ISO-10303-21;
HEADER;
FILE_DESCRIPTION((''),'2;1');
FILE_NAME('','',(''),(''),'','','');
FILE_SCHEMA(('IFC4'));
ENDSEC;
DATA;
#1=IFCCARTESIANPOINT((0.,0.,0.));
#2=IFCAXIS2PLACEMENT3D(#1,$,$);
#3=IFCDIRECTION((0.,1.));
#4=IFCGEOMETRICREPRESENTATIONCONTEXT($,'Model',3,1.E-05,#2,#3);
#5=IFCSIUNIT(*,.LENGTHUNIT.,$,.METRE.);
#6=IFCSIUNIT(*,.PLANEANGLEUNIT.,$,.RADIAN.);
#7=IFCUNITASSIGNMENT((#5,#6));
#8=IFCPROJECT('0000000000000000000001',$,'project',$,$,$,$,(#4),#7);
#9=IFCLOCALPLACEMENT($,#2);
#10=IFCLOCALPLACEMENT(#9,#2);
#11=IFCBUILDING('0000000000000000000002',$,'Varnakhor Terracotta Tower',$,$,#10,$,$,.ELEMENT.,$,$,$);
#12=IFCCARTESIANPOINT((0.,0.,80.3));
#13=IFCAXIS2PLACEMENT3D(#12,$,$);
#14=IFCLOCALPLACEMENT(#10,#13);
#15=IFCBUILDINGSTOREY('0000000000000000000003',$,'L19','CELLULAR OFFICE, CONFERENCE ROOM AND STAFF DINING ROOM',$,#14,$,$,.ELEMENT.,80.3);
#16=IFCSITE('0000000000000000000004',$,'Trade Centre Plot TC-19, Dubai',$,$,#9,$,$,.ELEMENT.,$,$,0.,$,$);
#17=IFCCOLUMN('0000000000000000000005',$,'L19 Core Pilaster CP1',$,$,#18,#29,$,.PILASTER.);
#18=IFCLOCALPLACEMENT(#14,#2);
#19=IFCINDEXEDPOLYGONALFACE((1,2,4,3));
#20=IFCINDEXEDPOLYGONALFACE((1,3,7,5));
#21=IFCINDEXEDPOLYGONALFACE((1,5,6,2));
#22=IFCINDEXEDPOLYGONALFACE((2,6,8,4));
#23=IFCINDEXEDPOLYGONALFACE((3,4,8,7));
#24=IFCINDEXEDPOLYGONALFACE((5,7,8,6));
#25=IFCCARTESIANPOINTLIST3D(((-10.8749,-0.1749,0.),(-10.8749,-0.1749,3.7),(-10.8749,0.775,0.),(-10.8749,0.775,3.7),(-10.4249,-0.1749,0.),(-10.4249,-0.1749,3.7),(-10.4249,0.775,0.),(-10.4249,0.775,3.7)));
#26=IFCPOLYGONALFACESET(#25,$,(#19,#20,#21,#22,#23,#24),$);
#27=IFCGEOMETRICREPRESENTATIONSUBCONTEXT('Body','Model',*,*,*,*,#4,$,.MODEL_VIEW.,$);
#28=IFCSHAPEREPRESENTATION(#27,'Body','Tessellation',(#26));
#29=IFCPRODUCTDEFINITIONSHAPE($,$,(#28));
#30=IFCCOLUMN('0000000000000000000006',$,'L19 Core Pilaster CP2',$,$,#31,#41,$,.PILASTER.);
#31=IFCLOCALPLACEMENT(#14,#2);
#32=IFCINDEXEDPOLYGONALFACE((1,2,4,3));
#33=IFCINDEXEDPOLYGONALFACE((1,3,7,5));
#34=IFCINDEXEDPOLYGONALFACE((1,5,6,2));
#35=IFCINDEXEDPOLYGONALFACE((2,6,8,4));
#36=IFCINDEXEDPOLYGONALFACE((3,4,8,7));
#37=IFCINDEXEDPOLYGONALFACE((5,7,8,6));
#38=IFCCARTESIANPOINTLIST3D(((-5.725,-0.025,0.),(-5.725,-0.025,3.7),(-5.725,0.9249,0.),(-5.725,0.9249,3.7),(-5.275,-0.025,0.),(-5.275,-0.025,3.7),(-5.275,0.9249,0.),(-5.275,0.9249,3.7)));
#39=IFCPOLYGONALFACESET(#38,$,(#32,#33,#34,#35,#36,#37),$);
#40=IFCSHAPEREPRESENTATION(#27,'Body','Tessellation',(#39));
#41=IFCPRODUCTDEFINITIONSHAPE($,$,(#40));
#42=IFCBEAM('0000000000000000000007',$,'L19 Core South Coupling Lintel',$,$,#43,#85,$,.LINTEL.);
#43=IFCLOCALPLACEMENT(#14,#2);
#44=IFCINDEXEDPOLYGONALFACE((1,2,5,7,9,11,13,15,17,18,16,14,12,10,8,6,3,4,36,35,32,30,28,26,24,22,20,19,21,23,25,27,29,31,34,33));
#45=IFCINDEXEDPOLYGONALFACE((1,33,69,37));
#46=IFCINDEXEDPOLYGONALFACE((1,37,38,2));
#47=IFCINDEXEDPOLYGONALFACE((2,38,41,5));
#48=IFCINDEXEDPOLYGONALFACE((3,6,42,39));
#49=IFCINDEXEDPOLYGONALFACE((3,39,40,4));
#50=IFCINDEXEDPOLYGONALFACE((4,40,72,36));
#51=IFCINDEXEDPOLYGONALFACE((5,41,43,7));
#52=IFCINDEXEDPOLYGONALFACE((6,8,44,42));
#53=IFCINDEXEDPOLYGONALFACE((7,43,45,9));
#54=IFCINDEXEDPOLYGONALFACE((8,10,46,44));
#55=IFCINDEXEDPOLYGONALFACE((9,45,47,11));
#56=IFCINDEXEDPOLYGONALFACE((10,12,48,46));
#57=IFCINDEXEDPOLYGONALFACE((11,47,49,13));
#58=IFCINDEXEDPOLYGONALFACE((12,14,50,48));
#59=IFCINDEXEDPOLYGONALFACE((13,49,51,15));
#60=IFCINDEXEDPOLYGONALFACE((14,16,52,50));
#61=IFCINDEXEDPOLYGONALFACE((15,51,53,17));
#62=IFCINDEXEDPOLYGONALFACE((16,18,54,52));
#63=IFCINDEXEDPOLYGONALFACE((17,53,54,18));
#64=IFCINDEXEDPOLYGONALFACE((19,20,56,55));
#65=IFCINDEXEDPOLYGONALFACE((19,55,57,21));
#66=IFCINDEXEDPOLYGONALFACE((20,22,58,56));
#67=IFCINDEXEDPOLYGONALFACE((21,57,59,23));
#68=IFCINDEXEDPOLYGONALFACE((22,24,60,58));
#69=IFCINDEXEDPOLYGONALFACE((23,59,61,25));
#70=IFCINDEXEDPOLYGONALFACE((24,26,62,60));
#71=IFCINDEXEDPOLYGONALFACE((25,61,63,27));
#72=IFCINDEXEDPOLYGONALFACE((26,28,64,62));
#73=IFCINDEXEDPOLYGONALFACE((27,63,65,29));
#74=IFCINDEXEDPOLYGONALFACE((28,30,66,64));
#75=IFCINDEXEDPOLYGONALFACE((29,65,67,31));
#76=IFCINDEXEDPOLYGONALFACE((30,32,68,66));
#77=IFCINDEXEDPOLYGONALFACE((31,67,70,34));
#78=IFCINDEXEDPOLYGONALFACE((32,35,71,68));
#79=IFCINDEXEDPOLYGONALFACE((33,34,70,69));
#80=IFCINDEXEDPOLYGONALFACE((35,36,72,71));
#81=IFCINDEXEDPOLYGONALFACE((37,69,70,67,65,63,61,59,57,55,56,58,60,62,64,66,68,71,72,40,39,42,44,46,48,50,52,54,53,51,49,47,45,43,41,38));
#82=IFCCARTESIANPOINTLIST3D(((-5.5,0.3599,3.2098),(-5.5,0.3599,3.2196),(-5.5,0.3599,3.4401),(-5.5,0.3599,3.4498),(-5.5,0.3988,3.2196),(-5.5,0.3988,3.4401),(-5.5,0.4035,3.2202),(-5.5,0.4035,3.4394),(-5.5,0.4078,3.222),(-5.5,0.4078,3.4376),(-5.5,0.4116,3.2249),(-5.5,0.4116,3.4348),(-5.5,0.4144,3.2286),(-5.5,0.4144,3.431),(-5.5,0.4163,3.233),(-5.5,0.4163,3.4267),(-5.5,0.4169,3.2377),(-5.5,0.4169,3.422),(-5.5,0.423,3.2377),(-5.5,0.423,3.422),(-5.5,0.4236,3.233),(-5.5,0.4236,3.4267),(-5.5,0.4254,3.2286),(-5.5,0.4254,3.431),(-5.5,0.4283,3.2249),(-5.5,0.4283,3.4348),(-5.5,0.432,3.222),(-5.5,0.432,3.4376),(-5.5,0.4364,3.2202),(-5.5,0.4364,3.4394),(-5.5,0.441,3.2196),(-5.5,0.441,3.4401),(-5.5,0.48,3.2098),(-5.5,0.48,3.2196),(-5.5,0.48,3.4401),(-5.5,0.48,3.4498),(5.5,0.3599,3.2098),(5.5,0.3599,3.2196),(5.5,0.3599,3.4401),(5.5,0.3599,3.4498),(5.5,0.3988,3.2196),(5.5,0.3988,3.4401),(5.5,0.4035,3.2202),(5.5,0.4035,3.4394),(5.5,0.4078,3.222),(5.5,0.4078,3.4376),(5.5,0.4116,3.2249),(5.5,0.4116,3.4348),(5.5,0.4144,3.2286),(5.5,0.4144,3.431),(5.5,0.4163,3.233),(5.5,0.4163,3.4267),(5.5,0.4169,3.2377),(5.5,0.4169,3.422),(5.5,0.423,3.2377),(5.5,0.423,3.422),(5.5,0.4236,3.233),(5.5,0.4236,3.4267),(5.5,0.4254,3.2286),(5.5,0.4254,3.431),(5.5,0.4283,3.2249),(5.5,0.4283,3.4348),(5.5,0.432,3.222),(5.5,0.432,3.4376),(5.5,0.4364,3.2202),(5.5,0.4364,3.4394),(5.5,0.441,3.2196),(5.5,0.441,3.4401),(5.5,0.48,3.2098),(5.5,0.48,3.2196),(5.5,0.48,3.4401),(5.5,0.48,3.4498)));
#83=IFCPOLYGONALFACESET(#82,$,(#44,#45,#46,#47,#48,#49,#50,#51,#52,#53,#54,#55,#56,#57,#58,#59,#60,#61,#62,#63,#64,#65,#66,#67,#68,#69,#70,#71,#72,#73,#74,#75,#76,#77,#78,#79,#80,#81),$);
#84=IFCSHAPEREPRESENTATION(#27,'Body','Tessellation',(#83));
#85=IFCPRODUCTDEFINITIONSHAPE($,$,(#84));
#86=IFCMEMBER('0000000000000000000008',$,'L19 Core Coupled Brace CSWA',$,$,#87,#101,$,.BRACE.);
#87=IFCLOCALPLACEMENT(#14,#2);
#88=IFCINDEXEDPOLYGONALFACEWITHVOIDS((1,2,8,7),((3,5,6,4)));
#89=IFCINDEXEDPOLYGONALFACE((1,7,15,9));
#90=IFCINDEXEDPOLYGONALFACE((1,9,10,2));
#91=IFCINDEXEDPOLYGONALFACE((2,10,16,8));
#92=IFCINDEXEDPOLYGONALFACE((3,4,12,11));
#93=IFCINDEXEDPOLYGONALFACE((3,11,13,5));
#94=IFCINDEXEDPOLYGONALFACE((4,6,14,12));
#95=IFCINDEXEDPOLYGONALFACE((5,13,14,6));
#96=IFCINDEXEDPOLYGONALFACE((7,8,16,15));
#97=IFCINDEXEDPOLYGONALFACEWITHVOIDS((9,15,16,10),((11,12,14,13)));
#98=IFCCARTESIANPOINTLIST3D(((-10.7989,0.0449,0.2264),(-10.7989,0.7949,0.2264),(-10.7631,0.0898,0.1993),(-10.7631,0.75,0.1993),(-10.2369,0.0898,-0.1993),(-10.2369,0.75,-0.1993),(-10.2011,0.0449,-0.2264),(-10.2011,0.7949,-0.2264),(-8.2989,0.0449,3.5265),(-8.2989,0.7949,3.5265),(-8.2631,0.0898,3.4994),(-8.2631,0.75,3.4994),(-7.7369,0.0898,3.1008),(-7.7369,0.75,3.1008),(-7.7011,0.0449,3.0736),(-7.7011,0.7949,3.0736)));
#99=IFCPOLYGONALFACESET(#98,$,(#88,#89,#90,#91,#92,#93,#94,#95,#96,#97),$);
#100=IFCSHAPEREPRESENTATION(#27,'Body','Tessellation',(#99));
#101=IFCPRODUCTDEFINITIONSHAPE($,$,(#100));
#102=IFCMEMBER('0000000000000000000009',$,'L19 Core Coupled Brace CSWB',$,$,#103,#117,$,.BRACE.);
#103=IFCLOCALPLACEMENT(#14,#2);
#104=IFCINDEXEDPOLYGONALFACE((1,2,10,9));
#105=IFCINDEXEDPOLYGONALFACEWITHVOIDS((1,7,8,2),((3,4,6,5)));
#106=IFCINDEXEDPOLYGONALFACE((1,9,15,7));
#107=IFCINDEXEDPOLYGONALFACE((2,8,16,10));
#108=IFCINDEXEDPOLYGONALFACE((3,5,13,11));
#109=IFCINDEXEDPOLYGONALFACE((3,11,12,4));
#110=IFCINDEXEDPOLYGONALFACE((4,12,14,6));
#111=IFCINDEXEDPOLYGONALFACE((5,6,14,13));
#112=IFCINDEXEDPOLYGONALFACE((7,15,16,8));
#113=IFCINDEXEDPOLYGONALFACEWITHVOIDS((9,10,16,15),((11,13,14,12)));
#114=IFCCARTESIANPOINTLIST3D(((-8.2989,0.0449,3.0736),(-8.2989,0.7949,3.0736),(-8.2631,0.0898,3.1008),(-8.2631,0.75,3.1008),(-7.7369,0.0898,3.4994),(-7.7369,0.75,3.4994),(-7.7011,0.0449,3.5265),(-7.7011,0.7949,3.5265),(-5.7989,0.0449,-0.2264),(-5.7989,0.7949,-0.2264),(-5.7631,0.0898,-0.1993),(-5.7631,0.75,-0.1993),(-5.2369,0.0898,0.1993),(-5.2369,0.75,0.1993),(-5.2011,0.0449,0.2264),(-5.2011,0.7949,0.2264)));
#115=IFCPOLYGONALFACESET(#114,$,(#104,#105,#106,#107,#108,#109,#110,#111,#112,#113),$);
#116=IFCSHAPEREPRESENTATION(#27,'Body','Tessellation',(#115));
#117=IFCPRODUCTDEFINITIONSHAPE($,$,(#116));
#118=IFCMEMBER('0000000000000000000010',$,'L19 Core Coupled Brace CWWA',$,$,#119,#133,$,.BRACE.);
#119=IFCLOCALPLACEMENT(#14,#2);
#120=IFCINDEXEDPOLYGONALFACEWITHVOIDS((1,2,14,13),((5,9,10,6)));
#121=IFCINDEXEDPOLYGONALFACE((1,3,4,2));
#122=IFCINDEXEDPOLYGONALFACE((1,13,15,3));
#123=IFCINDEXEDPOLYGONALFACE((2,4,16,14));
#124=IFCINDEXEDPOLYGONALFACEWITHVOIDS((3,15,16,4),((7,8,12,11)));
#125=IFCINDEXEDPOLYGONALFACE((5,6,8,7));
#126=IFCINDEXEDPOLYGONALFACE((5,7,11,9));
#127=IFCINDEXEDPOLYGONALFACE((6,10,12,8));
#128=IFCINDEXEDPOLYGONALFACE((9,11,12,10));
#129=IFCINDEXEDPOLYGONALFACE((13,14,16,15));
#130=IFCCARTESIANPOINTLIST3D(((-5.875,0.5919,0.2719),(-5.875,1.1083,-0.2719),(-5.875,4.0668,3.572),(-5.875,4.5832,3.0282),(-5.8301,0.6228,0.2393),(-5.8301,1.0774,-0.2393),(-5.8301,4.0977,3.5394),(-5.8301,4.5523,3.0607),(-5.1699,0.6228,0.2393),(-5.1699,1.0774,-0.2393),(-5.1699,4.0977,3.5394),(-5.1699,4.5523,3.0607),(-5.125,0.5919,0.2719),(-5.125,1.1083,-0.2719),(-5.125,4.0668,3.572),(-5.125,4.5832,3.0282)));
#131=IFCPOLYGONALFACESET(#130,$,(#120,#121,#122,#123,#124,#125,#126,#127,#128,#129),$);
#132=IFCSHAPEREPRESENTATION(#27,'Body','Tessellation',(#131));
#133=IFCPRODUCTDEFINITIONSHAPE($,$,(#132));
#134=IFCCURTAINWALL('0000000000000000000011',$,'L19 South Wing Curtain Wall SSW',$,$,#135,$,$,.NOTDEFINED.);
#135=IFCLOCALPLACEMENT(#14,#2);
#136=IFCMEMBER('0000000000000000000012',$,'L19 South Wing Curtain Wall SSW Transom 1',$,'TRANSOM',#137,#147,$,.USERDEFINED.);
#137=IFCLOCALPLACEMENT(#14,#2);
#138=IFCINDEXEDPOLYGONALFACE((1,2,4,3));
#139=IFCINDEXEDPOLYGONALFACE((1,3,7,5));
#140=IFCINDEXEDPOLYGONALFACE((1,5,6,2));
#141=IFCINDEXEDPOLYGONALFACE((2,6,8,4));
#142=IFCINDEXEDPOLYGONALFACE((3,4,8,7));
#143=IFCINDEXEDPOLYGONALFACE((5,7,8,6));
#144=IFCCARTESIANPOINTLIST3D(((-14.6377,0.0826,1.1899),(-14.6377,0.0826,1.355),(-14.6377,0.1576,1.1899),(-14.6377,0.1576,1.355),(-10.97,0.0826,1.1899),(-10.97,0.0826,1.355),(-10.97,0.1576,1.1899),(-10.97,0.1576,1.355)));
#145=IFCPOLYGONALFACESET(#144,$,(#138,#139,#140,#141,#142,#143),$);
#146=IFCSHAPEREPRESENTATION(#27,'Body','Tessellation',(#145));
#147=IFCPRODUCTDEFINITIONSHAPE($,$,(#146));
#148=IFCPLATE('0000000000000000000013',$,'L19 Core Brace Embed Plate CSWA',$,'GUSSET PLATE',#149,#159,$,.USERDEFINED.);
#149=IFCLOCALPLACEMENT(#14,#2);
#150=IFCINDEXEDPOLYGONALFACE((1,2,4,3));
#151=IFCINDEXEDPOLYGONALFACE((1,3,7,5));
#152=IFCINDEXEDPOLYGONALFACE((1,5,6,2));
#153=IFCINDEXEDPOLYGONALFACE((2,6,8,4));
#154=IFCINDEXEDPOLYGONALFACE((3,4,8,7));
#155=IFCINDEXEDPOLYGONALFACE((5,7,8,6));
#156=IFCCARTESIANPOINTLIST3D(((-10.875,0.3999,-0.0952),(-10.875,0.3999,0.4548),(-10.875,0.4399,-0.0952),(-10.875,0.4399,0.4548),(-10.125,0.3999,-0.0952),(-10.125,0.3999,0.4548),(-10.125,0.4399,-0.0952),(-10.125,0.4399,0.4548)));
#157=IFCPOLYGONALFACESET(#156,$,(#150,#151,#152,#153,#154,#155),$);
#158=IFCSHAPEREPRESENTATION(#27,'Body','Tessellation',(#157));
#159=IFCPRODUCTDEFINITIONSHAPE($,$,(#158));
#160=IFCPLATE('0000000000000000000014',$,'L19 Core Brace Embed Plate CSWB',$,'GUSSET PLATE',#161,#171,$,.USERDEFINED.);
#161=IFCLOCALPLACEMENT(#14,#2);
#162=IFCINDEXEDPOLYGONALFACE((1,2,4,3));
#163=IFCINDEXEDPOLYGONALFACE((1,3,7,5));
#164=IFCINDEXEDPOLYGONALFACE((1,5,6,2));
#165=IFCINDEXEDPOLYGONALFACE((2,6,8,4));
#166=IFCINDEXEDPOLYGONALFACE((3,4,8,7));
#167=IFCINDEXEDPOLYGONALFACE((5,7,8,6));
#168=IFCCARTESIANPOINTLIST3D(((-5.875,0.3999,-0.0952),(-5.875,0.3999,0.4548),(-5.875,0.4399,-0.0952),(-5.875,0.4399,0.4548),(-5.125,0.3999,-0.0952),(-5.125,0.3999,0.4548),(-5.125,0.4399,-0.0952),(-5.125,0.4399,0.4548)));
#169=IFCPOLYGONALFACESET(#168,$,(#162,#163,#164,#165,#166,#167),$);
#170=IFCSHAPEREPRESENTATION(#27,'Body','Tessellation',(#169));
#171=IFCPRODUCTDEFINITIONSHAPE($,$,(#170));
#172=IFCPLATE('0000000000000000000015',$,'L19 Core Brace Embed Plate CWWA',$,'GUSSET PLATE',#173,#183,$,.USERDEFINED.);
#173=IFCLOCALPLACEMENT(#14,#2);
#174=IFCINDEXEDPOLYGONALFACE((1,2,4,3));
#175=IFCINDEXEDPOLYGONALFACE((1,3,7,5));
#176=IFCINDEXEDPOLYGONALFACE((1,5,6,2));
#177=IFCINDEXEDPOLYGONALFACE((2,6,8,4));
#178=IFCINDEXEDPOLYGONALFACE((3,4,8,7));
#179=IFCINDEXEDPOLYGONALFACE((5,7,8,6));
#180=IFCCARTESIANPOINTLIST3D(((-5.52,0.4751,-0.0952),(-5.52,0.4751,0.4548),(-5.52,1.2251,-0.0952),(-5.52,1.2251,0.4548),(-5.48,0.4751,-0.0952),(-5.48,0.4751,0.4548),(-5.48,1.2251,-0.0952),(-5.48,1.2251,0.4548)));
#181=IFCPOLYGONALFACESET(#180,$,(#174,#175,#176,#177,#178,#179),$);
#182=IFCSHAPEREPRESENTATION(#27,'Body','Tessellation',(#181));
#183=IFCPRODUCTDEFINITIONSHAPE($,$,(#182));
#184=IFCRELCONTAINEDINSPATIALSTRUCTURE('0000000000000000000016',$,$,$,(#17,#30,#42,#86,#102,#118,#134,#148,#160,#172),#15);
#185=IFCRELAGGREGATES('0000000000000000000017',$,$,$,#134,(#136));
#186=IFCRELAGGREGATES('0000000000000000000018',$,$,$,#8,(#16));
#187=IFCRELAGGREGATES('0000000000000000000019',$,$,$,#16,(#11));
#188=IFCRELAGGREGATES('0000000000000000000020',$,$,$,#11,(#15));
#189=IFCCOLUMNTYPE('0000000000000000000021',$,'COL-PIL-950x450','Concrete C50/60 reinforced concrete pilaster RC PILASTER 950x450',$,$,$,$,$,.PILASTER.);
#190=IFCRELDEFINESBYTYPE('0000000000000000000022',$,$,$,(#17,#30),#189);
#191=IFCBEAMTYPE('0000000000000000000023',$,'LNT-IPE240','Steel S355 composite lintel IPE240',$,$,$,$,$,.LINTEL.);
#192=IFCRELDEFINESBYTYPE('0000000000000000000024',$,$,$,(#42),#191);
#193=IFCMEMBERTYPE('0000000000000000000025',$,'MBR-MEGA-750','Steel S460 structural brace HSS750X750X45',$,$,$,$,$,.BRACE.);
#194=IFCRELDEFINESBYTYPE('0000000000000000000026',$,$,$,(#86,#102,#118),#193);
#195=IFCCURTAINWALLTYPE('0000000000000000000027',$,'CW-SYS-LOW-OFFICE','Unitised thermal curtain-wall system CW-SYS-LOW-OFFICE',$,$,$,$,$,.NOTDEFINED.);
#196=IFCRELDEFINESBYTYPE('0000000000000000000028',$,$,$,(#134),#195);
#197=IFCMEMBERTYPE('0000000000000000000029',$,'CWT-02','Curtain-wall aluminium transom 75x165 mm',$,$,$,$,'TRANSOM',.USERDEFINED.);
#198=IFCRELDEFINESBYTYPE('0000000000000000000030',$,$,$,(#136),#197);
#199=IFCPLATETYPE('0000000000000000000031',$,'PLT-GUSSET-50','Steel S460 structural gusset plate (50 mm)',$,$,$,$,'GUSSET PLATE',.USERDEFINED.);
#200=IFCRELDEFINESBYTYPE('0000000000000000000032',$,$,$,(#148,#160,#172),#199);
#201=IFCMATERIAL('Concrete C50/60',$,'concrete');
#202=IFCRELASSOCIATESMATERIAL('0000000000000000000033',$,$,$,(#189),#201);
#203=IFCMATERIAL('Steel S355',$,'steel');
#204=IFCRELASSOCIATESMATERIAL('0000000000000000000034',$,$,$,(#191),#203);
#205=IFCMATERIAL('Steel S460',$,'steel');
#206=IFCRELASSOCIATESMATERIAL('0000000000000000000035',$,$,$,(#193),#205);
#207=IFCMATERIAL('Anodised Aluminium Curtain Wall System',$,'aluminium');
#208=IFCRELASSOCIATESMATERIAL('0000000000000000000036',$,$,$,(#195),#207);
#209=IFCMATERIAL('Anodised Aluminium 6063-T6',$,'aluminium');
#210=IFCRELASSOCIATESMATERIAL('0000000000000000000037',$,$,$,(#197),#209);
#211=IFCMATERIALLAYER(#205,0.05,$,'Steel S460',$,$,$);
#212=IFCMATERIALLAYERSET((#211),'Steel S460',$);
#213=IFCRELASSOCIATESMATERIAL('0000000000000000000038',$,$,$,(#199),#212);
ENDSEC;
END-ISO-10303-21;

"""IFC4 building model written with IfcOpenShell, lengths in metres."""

from ifc_helpers import new_model, si_unit, direction, frame, origin, origin_2d, place, context, subcontext, project, spatial, rectangle, hollow_rectangle, i_section, extrude, source, transform, mapped, material, layer, layer_set, material_profile, profile_set, type_object, type_shapes, element, aggregate, save


model = new_model("IFC4")

# Units and contexts
model_context = context("Model", 3, precision=1e-05, world=origin(), true_north=direction((0.0, 1.0)))
body_context = subcontext(model_context, "Body", "Model", "MODEL_VIEW")
ifc_project = project(units=[si_unit("LENGTHUNIT", "METRE"), si_unit("PLANEANGLEUNIT", "RADIAN")], contexts=[model_context])

# Site, building, storey
site_placement = place(None, origin())
site = spatial("IfcSite", under=ifc_project, at=site_placement, Name="Trade Centre Plot TC-19, Dubai", CompositionType="ELEMENT", RefElevation=0.0)
building_placement = place(site_placement, origin())
building = spatial("IfcBuilding", under=site, at=building_placement, Name="Varnakhor Terracotta Tower", CompositionType="ELEMENT")
storey_placement = place(building_placement, frame((0.0, 0.0, 80.3)))
storey = spatial("IfcBuildingStorey", under=building, at=storey_placement, Name="L19", Description="CELLULAR OFFICE, CONFERENCE ROOM AND STAFF DINING ROOM", CompositionType="ELEMENT", Elevation=80.3)

# Columns
ifc_material_1 = material(Name="Concrete C50/60", Category="concrete")
ifc_material_profile_1 = material_profile(ifc_material_1, rectangle(XDim=0.45, YDim=0.95, at=origin_2d()), Name="RC PILASTER 950x450")
ifc_profile_set_1 = profile_set([ifc_material_profile_1], Name="Concrete C50/60")
column_type = type_object("IfcColumnType", Name="COL-PIL-950x450", Description="Concrete C50/60 reinforced concrete pilaster RC PILASTER 950x450", PredefinedType="PILASTER", material=ifc_profile_set_1)
shared_shape_1 = source(origin(), body_context, "Body", "SweptSolid", [
    extrude(rectangle(XDim=0.45, YDim=0.95, at=origin_2d()), origin(), (0.0, 0.0, 1.0), 3.7),
])
for number, where, z_axis, x_axis, name in (
    (1, (-10.6499, 0.3, 0.0), (0.0, 0.0, 1.0), (1.0, 0.0, 0.0), "L19 Core Pilaster CP1"),
    (2, (-5.5, 0.45, 0.0), (0.0, 0.0, 1.0), (1.0, 0.0, 0.0), "L19 Core Pilaster CP2"),
):
    element("IfcColumn", number, at=place(storey_placement, frame(where, z_axis=z_axis, x_axis=x_axis)), inside=storey, type_object=column_type, Name=name, PredefinedType="PILASTER", context=body_context, shape_type="MappedRepresentation", body=[
        mapped(shared_shape_1, transform((0.0, 0.0, 0.0), scale=1.0)),
    ])

# Beam
ifc_material_2 = material(Name="Steel S355", Category="steel")
ifc_material_profile_2 = material_profile(ifc_material_2, i_section(OverallWidth=0.1201, OverallDepth=0.24, WebThickness=0.0061, FlangeThickness=0.0098, FilletRadius=0.0181, at=origin_2d()), Name="IPE240")
ifc_profile_set_2 = profile_set([ifc_material_profile_2], Name="Steel S355")
beam_type = type_object("IfcBeamType", Name="LNT-IPE240", Description="Steel S355 composite lintel IPE240", PredefinedType="LINTEL", material=ifc_profile_set_2)
shared_shape_2 = source(origin(), body_context, "Body", "SweptSolid", [
    extrude(i_section(OverallWidth=0.1201, OverallDepth=0.24, WebThickness=0.0061, FlangeThickness=0.0098, FilletRadius=0.0181, at=origin_2d()), origin(), (0.0, 0.0, 1.0), 11.0),
])
type_shapes(beam_type, [shared_shape_2])
beam_placement = place(storey_placement, frame((-5.5, 0.4199, 3.3298), z_axis=(1.0, 0.0, 0.0), x_axis=(0.0, 1.0, 0.0)))
element("IfcBeam", 3, at=beam_placement, inside=storey, type_object=beam_type, Name="L19 Core South Coupling Lintel", PredefinedType="LINTEL", context=body_context, shape_type="MappedRepresentation", body=[
    mapped(shared_shape_2, transform((0.0, 0.0, 0.0), scale=1.0)),
])

# Members
ifc_material_3 = material(Name="Steel S460", Category="steel")
ifc_material_profile_3 = material_profile(ifc_material_3, hollow_rectangle(XDim=0.75, YDim=0.75, WallThickness=0.0449, at=origin_2d()), Name="HSS750X750X45")
ifc_profile_set_3 = profile_set([ifc_material_profile_3], Name="Steel S460")
member_type_1 = type_object("IfcMemberType", Name="MBR-MEGA-750", Description="Steel S460 structural brace HSS750X750X45", PredefinedType="BRACE", material=ifc_profile_set_3)
shared_shape_3 = source(origin(), body_context, "Body", "SweptSolid", [
    extrude(hollow_rectangle(XDim=0.75, YDim=0.75, WallThickness=0.0449, at=origin_2d()), origin(), (0.0, 0.0, 1.0), 4.1401),
])
type_shapes(member_type_1, [shared_shape_3])
for number, where, z_axis, x_axis, name in (
    (4, (-10.5, 0.4199, 0.0), (0.603852, 0.0, 0.797096), (0.0, 1.0, 0.0), "L19 Core Coupled Brace CSWA"),
    (5, (-5.5, 0.4199, 0.0), (-0.603852, 0.0, 0.797096), (0.0, -1.0, 0.0), "L19 Core Coupled Brace CSWB"),
):
    element("IfcMember", number, at=place(storey_placement, frame(where, z_axis=z_axis, x_axis=x_axis)), inside=storey, type_object=member_type_1, Name=name, PredefinedType="BRACE", context=body_context, shape_type="MappedRepresentation", body=[
        mapped(shared_shape_3, transform((0.0, 0.0, 0.0), scale=1.0)),
    ])
shared_shape_4 = source(origin(), body_context, "Body", "SweptSolid", [
    extrude(hollow_rectangle(XDim=0.75, YDim=0.75, WallThickness=0.0449, at=origin_2d()), origin(), (0.0, 0.0, 1.0), 4.7922),
])
member_1_placement = place(storey_placement, frame((-5.5, 0.8501, 0.0), z_axis=(0.0, 0.72511, 0.688633), x_axis=(-1.0, 0.0, 0.0)))
element("IfcMember", 6, at=member_1_placement, inside=storey, type_object=member_type_1, Name="L19 Core Coupled Brace CWWA", PredefinedType="BRACE", context=body_context, shape_type="MappedRepresentation", body=[
    mapped(shared_shape_4, transform((0.0, 0.0, 0.0), scale=1.0)),
])

# Curtain wall, member
ifc_material_4 = material(Name="Anodised Aluminium Curtain Wall System", Category="aluminium")
curtain_wall_type = type_object("IfcCurtainWallType", Name="CW-SYS-LOW-OFFICE", Description="Unitised thermal curtain-wall system CW-SYS-LOW-OFFICE", PredefinedType="NOTDEFINED", material=ifc_material_4)
curtain_wall_placement = place(storey_placement, origin())
curtain_wall = element("IfcCurtainWall", 7, at=curtain_wall_placement, inside=storey, type_object=curtain_wall_type, Name="L19 South Wing Curtain Wall SSW", PredefinedType="NOTDEFINED")
ifc_material_5 = material(Name="Anodised Aluminium 6063-T6", Category="aluminium")
ifc_material_profile_4 = material_profile(ifc_material_5, rectangle(XDim=0.075, YDim=0.165, at=origin_2d()), Name="ALU TRANSOM 75x165")
ifc_profile_set_4 = profile_set([ifc_material_profile_4], Name="Anodised Aluminium 6063-T6")
member_type_2 = type_object("IfcMemberType", Name="CWT-02", Description="Curtain-wall aluminium transom 75x165 mm", ElementType="TRANSOM", PredefinedType="USERDEFINED", material=ifc_profile_set_4)
shared_shape_5 = source(origin(), body_context, "Body", "SweptSolid", [
    extrude(rectangle(XDim=0.075, YDim=0.165, at=origin_2d()), origin(), (0.0, 0.0, 1.0), 3.6677),
])
member_2_placement = place(storey_placement, frame((-10.97, 0.1201, 1.2725), z_axis=(-1.0, 0.0, 0.0), x_axis=(0.0, -1.0, 0.0)))
member_2 = element("IfcMember", 8, at=member_2_placement, type_object=member_type_2, Name="L19 South Wing Curtain Wall SSW Transom 1", ObjectType="TRANSOM", PredefinedType="USERDEFINED", context=body_context, shape_type="MappedRepresentation", body=[
    mapped(shared_shape_5, transform((0.0, 0.0, 0.0), scale=1.0)),
])
aggregate(curtain_wall, [member_2])

# Plates
ifc_layer_1 = layer(ifc_material_3, 0.05, Name="Steel S460")
ifc_layer_set_1 = layer_set([ifc_layer_1], Name="Steel S460")
plate_type = type_object("IfcPlateType", Name="PLT-GUSSET-50", Description="Steel S460 structural gusset plate (50 mm)", ElementType="GUSSET PLATE", PredefinedType="USERDEFINED", material=ifc_layer_set_1)
shared_shape_6 = source(origin(), body_context, "Body", "SweptSolid", [
    extrude(rectangle(XDim=0.75, YDim=0.04, at=origin_2d()), origin(), (0.0, 0.0, 1.0), 0.55),
])
type_shapes(plate_type, [shared_shape_6])
for number, where, z_axis, x_axis, name in (
    (9, (-10.5, 0.4199, -0.0952), (0.0, 0.0, 1.0), (1.0, 0.0, 0.0), "L19 Core Brace Embed Plate CSWA"),
    (10, (-5.5, 0.4199, -0.0952), (0.0, 0.0, 1.0), (1.0, 0.0, 0.0), "L19 Core Brace Embed Plate CSWB"),
    (11, (-5.5, 0.8501, -0.0952), (0.0, 0.0, 1.0), (0.0, 1.0, 0.0), "L19 Core Brace Embed Plate CWWA"),
):
    element("IfcPlate", number, at=place(storey_placement, frame(where, z_axis=z_axis, x_axis=x_axis)), inside=storey, type_object=plate_type, Name=name, ObjectType="GUSSET PLATE", PredefinedType="USERDEFINED", context=body_context, shape_type="MappedRepresentation", body=[
        mapped(shared_shape_6, transform((0.0, 0.0, 0.0), scale=1.0)),
    ])

save(model, "model.ifc")
